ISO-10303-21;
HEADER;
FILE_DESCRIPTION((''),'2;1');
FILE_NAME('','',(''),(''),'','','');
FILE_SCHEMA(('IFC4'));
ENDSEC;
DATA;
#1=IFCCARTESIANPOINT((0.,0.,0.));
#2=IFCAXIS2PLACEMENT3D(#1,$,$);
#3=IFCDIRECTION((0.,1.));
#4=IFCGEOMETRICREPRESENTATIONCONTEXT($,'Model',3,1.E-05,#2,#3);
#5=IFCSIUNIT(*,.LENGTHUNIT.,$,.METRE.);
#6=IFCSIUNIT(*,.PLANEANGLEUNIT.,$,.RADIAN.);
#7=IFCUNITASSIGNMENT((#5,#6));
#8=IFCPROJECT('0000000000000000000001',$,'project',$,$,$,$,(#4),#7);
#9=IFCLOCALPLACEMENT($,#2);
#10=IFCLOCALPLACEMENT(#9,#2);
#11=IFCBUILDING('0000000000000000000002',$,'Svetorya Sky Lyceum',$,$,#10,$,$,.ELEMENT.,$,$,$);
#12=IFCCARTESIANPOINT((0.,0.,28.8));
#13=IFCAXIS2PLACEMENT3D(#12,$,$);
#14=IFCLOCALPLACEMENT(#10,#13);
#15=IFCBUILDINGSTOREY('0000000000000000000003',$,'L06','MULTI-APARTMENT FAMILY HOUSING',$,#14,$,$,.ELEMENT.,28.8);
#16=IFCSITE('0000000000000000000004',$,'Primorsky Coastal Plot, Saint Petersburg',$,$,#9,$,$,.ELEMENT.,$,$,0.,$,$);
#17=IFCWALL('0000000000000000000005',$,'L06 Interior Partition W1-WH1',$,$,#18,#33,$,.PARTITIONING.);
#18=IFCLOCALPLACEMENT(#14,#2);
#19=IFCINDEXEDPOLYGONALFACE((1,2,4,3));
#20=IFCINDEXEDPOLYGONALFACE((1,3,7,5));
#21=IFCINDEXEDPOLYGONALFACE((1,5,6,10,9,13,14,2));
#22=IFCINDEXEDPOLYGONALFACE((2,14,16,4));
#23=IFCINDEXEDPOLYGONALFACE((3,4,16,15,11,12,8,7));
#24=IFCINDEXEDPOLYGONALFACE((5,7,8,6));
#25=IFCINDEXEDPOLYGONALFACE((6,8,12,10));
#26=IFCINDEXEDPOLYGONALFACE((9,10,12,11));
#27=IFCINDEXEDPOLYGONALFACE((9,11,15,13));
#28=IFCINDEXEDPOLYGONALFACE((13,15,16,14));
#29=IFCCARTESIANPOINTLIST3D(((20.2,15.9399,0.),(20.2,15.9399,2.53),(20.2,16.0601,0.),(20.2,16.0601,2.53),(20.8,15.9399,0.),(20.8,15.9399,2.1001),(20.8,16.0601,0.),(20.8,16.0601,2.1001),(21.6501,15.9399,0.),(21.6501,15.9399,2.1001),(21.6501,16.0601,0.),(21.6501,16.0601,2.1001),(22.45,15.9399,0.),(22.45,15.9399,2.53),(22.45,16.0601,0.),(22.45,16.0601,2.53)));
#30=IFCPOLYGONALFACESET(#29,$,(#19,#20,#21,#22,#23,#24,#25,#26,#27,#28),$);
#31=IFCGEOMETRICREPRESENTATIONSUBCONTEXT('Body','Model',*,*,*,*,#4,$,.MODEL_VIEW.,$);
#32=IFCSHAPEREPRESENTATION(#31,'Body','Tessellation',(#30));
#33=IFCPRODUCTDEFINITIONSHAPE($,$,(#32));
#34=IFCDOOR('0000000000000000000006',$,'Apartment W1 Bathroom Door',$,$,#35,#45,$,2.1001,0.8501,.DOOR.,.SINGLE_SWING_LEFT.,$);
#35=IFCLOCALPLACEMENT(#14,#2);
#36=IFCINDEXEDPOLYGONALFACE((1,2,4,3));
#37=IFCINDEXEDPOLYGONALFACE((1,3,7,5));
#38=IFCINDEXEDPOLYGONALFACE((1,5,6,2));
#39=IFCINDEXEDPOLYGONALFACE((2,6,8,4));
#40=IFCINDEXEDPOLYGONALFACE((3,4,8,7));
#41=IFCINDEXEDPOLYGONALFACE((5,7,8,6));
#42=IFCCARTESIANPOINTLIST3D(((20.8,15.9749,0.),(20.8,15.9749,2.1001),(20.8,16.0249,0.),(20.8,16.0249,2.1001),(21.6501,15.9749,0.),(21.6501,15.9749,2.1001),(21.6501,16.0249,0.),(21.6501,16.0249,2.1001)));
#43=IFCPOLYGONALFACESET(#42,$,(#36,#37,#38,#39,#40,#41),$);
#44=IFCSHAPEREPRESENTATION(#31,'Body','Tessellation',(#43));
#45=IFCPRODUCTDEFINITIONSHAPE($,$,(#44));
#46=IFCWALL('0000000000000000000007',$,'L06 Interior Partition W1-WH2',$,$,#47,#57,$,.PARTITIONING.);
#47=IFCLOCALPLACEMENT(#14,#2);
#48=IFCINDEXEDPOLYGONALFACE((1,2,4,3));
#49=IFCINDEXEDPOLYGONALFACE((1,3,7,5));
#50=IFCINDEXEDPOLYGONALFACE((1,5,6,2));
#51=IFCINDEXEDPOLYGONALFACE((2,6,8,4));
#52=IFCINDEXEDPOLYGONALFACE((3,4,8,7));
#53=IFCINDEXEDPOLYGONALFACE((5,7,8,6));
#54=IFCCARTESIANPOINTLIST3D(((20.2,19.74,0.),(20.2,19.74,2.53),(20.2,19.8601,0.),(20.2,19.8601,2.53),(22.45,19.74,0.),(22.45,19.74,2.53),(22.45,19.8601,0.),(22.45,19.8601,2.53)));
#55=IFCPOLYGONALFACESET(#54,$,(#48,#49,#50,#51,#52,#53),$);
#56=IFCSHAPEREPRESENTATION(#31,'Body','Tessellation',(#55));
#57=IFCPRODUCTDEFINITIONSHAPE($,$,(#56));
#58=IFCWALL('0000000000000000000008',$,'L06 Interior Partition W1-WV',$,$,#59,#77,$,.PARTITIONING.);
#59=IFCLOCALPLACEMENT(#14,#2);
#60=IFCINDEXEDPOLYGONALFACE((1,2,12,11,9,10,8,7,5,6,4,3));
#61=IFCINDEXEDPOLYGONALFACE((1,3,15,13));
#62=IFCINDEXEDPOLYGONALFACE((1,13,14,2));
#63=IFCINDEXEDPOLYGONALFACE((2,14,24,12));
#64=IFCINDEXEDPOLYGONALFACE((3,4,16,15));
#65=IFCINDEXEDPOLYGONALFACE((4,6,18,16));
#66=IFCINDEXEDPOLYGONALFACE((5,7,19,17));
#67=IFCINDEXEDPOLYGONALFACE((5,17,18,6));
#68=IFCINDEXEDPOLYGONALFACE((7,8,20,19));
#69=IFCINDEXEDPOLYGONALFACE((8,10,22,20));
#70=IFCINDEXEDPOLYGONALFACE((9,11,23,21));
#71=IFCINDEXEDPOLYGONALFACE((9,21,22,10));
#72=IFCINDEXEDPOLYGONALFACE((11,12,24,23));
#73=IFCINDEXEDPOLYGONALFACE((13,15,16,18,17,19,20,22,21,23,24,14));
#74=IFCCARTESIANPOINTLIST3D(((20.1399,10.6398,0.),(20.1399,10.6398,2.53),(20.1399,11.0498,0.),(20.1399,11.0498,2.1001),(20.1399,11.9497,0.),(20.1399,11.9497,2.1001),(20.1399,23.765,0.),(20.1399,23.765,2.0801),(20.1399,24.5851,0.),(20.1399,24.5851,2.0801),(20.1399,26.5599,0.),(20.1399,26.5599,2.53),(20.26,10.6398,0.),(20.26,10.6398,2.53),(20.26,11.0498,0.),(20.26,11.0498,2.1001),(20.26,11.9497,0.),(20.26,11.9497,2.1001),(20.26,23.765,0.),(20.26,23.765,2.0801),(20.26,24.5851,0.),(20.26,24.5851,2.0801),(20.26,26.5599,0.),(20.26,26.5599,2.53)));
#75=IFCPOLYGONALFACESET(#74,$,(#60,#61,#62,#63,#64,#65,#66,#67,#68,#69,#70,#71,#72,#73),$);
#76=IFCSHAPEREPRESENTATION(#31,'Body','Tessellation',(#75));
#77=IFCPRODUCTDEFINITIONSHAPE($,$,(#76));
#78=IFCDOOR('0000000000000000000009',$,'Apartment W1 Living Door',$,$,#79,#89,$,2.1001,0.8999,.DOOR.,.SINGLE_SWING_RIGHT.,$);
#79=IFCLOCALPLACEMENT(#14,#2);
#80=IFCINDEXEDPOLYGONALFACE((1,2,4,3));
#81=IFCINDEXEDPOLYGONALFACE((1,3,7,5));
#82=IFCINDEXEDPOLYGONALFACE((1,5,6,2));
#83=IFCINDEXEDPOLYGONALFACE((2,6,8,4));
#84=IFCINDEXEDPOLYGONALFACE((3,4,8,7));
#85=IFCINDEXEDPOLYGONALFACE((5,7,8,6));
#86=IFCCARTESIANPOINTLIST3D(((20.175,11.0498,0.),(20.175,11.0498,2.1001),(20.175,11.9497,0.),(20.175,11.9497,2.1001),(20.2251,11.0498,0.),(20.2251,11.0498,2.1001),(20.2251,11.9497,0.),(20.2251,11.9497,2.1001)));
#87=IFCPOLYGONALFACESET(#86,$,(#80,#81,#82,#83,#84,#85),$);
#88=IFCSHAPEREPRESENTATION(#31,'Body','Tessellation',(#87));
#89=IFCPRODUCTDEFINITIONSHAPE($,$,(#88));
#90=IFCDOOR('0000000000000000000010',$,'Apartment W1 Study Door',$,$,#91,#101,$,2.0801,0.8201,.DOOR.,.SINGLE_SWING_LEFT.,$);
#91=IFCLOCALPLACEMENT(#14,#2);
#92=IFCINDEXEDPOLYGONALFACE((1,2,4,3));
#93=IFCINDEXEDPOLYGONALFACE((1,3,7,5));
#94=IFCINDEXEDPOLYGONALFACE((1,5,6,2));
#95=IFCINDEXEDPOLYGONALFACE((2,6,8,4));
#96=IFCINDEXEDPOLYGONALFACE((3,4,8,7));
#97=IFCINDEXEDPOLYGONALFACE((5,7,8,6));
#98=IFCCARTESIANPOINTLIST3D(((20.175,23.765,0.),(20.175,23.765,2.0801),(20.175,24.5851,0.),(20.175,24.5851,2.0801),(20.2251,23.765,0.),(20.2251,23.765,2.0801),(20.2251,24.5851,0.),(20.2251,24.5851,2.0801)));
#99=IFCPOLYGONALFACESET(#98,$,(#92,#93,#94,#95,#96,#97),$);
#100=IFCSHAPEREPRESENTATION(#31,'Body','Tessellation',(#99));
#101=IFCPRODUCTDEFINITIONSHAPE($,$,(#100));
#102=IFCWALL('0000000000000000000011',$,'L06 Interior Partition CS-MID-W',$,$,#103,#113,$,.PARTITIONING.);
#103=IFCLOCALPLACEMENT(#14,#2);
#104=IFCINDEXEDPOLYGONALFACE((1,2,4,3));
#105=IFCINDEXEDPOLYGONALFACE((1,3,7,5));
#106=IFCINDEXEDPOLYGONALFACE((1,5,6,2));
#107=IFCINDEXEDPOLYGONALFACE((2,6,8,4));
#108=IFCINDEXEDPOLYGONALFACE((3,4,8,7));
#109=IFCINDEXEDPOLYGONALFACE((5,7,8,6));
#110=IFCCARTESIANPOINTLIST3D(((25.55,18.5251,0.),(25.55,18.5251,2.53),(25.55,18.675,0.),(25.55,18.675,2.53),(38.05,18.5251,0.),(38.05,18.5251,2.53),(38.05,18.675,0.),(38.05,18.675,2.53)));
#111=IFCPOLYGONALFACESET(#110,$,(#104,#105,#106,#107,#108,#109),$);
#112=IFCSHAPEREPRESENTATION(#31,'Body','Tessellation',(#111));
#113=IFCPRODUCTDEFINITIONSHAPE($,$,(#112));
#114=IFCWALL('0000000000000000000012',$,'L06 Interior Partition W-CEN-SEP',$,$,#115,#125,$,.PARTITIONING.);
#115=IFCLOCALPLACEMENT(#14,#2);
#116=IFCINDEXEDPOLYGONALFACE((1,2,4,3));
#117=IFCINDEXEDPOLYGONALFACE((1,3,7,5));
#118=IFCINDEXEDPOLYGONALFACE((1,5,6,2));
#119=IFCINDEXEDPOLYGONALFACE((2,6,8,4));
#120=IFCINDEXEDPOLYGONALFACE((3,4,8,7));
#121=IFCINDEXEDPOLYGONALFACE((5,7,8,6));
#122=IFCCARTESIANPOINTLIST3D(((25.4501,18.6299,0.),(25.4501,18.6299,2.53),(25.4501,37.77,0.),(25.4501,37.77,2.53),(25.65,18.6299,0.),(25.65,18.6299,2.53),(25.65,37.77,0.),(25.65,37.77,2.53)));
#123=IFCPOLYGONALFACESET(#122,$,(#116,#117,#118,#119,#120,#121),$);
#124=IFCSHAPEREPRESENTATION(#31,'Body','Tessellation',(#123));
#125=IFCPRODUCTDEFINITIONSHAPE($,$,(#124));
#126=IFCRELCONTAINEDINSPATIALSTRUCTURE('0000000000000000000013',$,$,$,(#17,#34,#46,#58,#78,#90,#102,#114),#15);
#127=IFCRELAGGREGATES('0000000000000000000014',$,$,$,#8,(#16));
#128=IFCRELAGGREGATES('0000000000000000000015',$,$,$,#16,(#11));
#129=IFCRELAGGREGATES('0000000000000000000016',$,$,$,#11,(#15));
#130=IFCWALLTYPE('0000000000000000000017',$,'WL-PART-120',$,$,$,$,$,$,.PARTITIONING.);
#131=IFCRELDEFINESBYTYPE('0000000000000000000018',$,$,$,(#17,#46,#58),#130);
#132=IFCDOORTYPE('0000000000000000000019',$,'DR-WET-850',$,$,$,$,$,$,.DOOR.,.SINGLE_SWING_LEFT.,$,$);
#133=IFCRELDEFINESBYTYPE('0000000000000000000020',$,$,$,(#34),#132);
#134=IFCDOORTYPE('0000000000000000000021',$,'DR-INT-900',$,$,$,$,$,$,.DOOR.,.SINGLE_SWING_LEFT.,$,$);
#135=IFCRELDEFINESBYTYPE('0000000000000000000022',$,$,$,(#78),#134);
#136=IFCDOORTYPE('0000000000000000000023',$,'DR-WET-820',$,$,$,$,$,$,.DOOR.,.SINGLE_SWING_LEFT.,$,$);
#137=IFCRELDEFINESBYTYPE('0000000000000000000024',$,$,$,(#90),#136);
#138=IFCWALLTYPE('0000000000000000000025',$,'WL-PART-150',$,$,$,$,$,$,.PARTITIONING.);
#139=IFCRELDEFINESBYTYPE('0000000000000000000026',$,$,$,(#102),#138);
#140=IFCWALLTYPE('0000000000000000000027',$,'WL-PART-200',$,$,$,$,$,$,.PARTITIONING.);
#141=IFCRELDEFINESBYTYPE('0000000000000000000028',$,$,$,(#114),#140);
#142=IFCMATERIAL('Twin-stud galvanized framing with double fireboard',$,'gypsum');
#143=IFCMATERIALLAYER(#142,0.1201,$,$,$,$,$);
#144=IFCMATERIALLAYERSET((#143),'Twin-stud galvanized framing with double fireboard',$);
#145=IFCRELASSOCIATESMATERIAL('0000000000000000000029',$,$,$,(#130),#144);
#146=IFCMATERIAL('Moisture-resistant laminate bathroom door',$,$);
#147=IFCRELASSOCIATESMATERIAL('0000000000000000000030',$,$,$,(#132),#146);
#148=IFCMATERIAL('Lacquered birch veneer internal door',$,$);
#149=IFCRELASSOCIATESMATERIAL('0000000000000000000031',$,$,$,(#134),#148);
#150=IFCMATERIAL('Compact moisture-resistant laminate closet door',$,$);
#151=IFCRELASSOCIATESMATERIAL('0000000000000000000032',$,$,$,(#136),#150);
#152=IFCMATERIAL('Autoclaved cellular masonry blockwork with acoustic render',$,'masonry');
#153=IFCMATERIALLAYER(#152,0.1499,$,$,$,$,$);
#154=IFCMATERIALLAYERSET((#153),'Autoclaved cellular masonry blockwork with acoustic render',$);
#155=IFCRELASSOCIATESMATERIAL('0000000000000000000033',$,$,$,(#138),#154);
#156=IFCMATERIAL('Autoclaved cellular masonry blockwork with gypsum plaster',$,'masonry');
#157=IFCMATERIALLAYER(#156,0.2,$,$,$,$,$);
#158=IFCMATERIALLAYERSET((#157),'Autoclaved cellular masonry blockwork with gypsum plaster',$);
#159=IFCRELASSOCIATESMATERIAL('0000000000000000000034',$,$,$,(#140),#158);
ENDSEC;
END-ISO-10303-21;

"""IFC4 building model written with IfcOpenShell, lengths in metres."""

from ifc_helpers import new_model, si_unit, direction, frame, frame_2d, origin, place, context, subcontext, project, spatial, rectangle, extrude, material, layer, layer_set, type_object, element, fill, save


model = new_model("IFC4")

# Units and contexts
model_context = context("Model", 3, precision=1e-05, world=origin(), true_north=direction((0.0, 1.0)))
body_context = subcontext(model_context, "Body", "Model", "MODEL_VIEW")
ifc_project = project(units=[si_unit("LENGTHUNIT", "METRE"), si_unit("PLANEANGLEUNIT", "RADIAN")], contexts=[model_context])

# Site, building, storey
site_placement = place(None, origin())
site = spatial("IfcSite", under=ifc_project, at=site_placement, Name="Primorsky Coastal Plot, Saint Petersburg", CompositionType="ELEMENT", RefElevation=0.0)
building_placement = place(site_placement, origin())
building = spatial("IfcBuilding", under=site, at=building_placement, Name="Svetorya Sky Lyceum", CompositionType="ELEMENT")
storey_placement = place(building_placement, frame((0.0, 0.0, 28.8)))
storey = spatial("IfcBuildingStorey", under=building, at=storey_placement, Name="L06", Description="MULTI-APARTMENT FAMILY HOUSING", CompositionType="ELEMENT", Elevation=28.8)

# Wall, opening, door
ifc_material_1 = material(Name="Twin-stud galvanized framing with double fireboard", Category="gypsum")
ifc_layer_1 = layer(ifc_material_1, 0.1201)
ifc_layer_set_1 = layer_set([ifc_layer_1], Name="Twin-stud galvanized framing with double fireboard")
wall_type_1 = type_object("IfcWallType", Name="WL-PART-120", PredefinedType="PARTITIONING", material=ifc_layer_set_1)
wall_1_placement = place(storey_placement, frame((20.2, 16.0, 0.0), z_axis=(0.0, 0.0, 1.0), x_axis=(1.0, 0.0, 0.0)))
wall_1 = element("IfcWall", 1, at=wall_1_placement, inside=storey, type_object=wall_type_1, Name="L06 Interior Partition W1-WH1", PredefinedType="PARTITIONING", context=body_context, shape_type="SweptSolid", body=[
    extrude(rectangle(XDim=2.25, YDim=0.1201, at=frame_2d((1.125, 0.0))), origin(), (0.0, 0.0, 1.0), 2.53),
])
opening_1_placement = place(wall_1_placement, frame((0.6001, 0.0, 0.0)))
opening_1 = element("IfcOpeningElement", 2, at=opening_1_placement, cuts=wall_1, PredefinedType="OPENING", context=body_context, shape_type="SweptSolid", body=[
    extrude(rectangle(XDim=0.8501, YDim=2.1001, at=frame_2d((0.425, 1.05))), frame((0.0, 0.0701, 0.0), z_axis=(0.0, -1.0, 0.0), x_axis=(1.0, 0.0, 0.0)), (0.0, 0.0, 1.0), 0.1401),
])
ifc_material_2 = material(Name="Moisture-resistant laminate bathroom door")
door_type_1 = type_object("IfcDoorType", Name="DR-WET-850", OperationType="SINGLE_SWING_LEFT", PredefinedType="DOOR", material=ifc_material_2)
door_1_placement = place(opening_1_placement, origin())
door_1 = element("IfcDoor", 3, at=door_1_placement, inside=storey, type_object=door_type_1, Name="Apartment W1 Bathroom Door", OperationType="SINGLE_SWING_LEFT", OverallHeight=2.1001, OverallWidth=0.8501, PredefinedType="DOOR", context=body_context, shape_type="SweptSolid", body=[
    extrude(rectangle(XDim=0.8501, YDim=2.1001, at=frame_2d((0.425, 1.05))), frame((0.0, 0.0249, 0.0), z_axis=(0.0, -1.0, 0.0), x_axis=(1.0, 0.0, 0.0)), (0.0, 0.0, 1.0), 0.05),
])
fill(opening_1, door_1)

# Wall
wall_2_placement = place(storey_placement, frame((20.2, 19.8, 0.0), z_axis=(0.0, 0.0, 1.0), x_axis=(1.0, 0.0, 0.0)))
element("IfcWall", 4, at=wall_2_placement, inside=storey, type_object=wall_type_1, Name="L06 Interior Partition W1-WH2", PredefinedType="PARTITIONING", context=body_context, shape_type="SweptSolid", body=[
    extrude(rectangle(XDim=2.25, YDim=0.1201, at=frame_2d((1.125, 0.0))), origin(), (0.0, 0.0, 1.0), 2.53),
])

# Wall, openings, doors
wall_3_placement = place(storey_placement, frame((20.2, 10.6399, 0.0), z_axis=(0.0, 0.0, 1.0), x_axis=(0.0, 1.0, 0.0)))
wall_3 = element("IfcWall", 5, at=wall_3_placement, inside=storey, type_object=wall_type_1, Name="L06 Interior Partition W1-WV", PredefinedType="PARTITIONING", context=body_context, shape_type="SweptSolid", body=[
    extrude(rectangle(XDim=15.9202, YDim=0.1201, at=frame_2d((7.96, 0.0))), origin(), (0.0, 0.0, 1.0), 2.53),
])
opening_2_placement = place(wall_3_placement, frame((0.4099, 0.0, 0.0)))
opening_2 = element("IfcOpeningElement", 6, at=opening_2_placement, cuts=wall_3, PredefinedType="OPENING", context=body_context, shape_type="SweptSolid", body=[
    extrude(rectangle(XDim=0.8999, YDim=2.1001, at=frame_2d((0.45, 1.05))), frame((0.0, 0.0701, 0.0), z_axis=(0.0, -1.0, 0.0), x_axis=(1.0, 0.0, 0.0)), (0.0, 0.0, 1.0), 0.1401),
])
opening_3_placement = place(wall_3_placement, frame((13.125, 0.0, 0.0)))
opening_3 = element("IfcOpeningElement", 7, at=opening_3_placement, cuts=wall_3, PredefinedType="OPENING", context=body_context, shape_type="SweptSolid", body=[
    extrude(rectangle(XDim=0.8201, YDim=2.0801, at=frame_2d((0.4102, 1.04))), frame((0.0, 0.0701, 0.0), z_axis=(0.0, -1.0, 0.0), x_axis=(1.0, 0.0, 0.0)), (0.0, 0.0, 1.0), 0.1401),
])
ifc_material_3 = material(Name="Lacquered birch veneer internal door")
door_type_2 = type_object("IfcDoorType", Name="DR-INT-900", OperationType="SINGLE_SWING_LEFT", PredefinedType="DOOR", material=ifc_material_3)
door_2_placement = place(opening_2_placement, origin())
door_2 = element("IfcDoor", 8, at=door_2_placement, inside=storey, type_object=door_type_2, Name="Apartment W1 Living Door", OperationType="SINGLE_SWING_RIGHT", OverallHeight=2.1001, OverallWidth=0.8999, PredefinedType="DOOR", context=body_context, shape_type="SweptSolid", body=[
    extrude(rectangle(XDim=0.8999, YDim=2.1001, at=frame_2d((0.45, 1.05))), frame((0.0, 0.0249, 0.0), z_axis=(0.0, -1.0, 0.0), x_axis=(1.0, 0.0, 0.0)), (0.0, 0.0, 1.0), 0.05),
])
fill(opening_2, door_2)
ifc_material_4 = material(Name="Compact moisture-resistant laminate closet door")
door_type_3 = type_object("IfcDoorType", Name="DR-WET-820", OperationType="SINGLE_SWING_LEFT", PredefinedType="DOOR", material=ifc_material_4)
door_3_placement = place(opening_3_placement, origin())
door_3 = element("IfcDoor", 9, at=door_3_placement, inside=storey, type_object=door_type_3, Name="Apartment W1 Study Door", OperationType="SINGLE_SWING_LEFT", OverallHeight=2.0801, OverallWidth=0.8201, PredefinedType="DOOR", context=body_context, shape_type="SweptSolid", body=[
    extrude(rectangle(XDim=0.8201, YDim=2.0801, at=frame_2d((0.4102, 1.04))), frame((0.0, 0.0249, 0.0), z_axis=(0.0, -1.0, 0.0), x_axis=(1.0, 0.0, 0.0)), (0.0, 0.0, 1.0), 0.05),
])
fill(opening_3, door_3)

# Walls
ifc_material_5 = material(Name="Autoclaved cellular masonry blockwork with acoustic render", Category="masonry")
ifc_layer_2 = layer(ifc_material_5, 0.1499)
ifc_layer_set_2 = layer_set([ifc_layer_2], Name="Autoclaved cellular masonry blockwork with acoustic render")
wall_type_2 = type_object("IfcWallType", Name="WL-PART-150", PredefinedType="PARTITIONING", material=ifc_layer_set_2)
wall_4_placement = place(storey_placement, frame((25.55, 18.6001, 0.0), z_axis=(0.0, 0.0, 1.0), x_axis=(1.0, 0.0, 0.0)))
element("IfcWall", 10, at=wall_4_placement, inside=storey, type_object=wall_type_2, Name="L06 Interior Partition CS-MID-W", PredefinedType="PARTITIONING", context=body_context, shape_type="SweptSolid", body=[
    extrude(rectangle(XDim=12.5, YDim=0.1499, at=frame_2d((6.25, 0.0))), origin(), (0.0, 0.0, 1.0), 2.53),
])
ifc_material_6 = material(Name="Autoclaved cellular masonry blockwork with gypsum plaster", Category="masonry")
ifc_layer_3 = layer(ifc_material_6, 0.2)
ifc_layer_set_3 = layer_set([ifc_layer_3], Name="Autoclaved cellular masonry blockwork with gypsum plaster")
wall_type_3 = type_object("IfcWallType", Name="WL-PART-200", PredefinedType="PARTITIONING", material=ifc_layer_set_3)
wall_5_placement = place(storey_placement, frame((25.55, 18.6299, 0.0), z_axis=(0.0, 0.0, 1.0), x_axis=(0.0, 1.0, 0.0)))
element("IfcWall", 11, at=wall_5_placement, inside=storey, type_object=wall_type_3, Name="L06 Interior Partition W-CEN-SEP", PredefinedType="PARTITIONING", context=body_context, shape_type="SweptSolid", body=[
    extrude(rectangle(XDim=19.1401, YDim=0.2, at=frame_2d((9.5701, 0.0))), origin(), (0.0, 0.0, 1.0), 2.53),
])

save(model, "model.ifc")
